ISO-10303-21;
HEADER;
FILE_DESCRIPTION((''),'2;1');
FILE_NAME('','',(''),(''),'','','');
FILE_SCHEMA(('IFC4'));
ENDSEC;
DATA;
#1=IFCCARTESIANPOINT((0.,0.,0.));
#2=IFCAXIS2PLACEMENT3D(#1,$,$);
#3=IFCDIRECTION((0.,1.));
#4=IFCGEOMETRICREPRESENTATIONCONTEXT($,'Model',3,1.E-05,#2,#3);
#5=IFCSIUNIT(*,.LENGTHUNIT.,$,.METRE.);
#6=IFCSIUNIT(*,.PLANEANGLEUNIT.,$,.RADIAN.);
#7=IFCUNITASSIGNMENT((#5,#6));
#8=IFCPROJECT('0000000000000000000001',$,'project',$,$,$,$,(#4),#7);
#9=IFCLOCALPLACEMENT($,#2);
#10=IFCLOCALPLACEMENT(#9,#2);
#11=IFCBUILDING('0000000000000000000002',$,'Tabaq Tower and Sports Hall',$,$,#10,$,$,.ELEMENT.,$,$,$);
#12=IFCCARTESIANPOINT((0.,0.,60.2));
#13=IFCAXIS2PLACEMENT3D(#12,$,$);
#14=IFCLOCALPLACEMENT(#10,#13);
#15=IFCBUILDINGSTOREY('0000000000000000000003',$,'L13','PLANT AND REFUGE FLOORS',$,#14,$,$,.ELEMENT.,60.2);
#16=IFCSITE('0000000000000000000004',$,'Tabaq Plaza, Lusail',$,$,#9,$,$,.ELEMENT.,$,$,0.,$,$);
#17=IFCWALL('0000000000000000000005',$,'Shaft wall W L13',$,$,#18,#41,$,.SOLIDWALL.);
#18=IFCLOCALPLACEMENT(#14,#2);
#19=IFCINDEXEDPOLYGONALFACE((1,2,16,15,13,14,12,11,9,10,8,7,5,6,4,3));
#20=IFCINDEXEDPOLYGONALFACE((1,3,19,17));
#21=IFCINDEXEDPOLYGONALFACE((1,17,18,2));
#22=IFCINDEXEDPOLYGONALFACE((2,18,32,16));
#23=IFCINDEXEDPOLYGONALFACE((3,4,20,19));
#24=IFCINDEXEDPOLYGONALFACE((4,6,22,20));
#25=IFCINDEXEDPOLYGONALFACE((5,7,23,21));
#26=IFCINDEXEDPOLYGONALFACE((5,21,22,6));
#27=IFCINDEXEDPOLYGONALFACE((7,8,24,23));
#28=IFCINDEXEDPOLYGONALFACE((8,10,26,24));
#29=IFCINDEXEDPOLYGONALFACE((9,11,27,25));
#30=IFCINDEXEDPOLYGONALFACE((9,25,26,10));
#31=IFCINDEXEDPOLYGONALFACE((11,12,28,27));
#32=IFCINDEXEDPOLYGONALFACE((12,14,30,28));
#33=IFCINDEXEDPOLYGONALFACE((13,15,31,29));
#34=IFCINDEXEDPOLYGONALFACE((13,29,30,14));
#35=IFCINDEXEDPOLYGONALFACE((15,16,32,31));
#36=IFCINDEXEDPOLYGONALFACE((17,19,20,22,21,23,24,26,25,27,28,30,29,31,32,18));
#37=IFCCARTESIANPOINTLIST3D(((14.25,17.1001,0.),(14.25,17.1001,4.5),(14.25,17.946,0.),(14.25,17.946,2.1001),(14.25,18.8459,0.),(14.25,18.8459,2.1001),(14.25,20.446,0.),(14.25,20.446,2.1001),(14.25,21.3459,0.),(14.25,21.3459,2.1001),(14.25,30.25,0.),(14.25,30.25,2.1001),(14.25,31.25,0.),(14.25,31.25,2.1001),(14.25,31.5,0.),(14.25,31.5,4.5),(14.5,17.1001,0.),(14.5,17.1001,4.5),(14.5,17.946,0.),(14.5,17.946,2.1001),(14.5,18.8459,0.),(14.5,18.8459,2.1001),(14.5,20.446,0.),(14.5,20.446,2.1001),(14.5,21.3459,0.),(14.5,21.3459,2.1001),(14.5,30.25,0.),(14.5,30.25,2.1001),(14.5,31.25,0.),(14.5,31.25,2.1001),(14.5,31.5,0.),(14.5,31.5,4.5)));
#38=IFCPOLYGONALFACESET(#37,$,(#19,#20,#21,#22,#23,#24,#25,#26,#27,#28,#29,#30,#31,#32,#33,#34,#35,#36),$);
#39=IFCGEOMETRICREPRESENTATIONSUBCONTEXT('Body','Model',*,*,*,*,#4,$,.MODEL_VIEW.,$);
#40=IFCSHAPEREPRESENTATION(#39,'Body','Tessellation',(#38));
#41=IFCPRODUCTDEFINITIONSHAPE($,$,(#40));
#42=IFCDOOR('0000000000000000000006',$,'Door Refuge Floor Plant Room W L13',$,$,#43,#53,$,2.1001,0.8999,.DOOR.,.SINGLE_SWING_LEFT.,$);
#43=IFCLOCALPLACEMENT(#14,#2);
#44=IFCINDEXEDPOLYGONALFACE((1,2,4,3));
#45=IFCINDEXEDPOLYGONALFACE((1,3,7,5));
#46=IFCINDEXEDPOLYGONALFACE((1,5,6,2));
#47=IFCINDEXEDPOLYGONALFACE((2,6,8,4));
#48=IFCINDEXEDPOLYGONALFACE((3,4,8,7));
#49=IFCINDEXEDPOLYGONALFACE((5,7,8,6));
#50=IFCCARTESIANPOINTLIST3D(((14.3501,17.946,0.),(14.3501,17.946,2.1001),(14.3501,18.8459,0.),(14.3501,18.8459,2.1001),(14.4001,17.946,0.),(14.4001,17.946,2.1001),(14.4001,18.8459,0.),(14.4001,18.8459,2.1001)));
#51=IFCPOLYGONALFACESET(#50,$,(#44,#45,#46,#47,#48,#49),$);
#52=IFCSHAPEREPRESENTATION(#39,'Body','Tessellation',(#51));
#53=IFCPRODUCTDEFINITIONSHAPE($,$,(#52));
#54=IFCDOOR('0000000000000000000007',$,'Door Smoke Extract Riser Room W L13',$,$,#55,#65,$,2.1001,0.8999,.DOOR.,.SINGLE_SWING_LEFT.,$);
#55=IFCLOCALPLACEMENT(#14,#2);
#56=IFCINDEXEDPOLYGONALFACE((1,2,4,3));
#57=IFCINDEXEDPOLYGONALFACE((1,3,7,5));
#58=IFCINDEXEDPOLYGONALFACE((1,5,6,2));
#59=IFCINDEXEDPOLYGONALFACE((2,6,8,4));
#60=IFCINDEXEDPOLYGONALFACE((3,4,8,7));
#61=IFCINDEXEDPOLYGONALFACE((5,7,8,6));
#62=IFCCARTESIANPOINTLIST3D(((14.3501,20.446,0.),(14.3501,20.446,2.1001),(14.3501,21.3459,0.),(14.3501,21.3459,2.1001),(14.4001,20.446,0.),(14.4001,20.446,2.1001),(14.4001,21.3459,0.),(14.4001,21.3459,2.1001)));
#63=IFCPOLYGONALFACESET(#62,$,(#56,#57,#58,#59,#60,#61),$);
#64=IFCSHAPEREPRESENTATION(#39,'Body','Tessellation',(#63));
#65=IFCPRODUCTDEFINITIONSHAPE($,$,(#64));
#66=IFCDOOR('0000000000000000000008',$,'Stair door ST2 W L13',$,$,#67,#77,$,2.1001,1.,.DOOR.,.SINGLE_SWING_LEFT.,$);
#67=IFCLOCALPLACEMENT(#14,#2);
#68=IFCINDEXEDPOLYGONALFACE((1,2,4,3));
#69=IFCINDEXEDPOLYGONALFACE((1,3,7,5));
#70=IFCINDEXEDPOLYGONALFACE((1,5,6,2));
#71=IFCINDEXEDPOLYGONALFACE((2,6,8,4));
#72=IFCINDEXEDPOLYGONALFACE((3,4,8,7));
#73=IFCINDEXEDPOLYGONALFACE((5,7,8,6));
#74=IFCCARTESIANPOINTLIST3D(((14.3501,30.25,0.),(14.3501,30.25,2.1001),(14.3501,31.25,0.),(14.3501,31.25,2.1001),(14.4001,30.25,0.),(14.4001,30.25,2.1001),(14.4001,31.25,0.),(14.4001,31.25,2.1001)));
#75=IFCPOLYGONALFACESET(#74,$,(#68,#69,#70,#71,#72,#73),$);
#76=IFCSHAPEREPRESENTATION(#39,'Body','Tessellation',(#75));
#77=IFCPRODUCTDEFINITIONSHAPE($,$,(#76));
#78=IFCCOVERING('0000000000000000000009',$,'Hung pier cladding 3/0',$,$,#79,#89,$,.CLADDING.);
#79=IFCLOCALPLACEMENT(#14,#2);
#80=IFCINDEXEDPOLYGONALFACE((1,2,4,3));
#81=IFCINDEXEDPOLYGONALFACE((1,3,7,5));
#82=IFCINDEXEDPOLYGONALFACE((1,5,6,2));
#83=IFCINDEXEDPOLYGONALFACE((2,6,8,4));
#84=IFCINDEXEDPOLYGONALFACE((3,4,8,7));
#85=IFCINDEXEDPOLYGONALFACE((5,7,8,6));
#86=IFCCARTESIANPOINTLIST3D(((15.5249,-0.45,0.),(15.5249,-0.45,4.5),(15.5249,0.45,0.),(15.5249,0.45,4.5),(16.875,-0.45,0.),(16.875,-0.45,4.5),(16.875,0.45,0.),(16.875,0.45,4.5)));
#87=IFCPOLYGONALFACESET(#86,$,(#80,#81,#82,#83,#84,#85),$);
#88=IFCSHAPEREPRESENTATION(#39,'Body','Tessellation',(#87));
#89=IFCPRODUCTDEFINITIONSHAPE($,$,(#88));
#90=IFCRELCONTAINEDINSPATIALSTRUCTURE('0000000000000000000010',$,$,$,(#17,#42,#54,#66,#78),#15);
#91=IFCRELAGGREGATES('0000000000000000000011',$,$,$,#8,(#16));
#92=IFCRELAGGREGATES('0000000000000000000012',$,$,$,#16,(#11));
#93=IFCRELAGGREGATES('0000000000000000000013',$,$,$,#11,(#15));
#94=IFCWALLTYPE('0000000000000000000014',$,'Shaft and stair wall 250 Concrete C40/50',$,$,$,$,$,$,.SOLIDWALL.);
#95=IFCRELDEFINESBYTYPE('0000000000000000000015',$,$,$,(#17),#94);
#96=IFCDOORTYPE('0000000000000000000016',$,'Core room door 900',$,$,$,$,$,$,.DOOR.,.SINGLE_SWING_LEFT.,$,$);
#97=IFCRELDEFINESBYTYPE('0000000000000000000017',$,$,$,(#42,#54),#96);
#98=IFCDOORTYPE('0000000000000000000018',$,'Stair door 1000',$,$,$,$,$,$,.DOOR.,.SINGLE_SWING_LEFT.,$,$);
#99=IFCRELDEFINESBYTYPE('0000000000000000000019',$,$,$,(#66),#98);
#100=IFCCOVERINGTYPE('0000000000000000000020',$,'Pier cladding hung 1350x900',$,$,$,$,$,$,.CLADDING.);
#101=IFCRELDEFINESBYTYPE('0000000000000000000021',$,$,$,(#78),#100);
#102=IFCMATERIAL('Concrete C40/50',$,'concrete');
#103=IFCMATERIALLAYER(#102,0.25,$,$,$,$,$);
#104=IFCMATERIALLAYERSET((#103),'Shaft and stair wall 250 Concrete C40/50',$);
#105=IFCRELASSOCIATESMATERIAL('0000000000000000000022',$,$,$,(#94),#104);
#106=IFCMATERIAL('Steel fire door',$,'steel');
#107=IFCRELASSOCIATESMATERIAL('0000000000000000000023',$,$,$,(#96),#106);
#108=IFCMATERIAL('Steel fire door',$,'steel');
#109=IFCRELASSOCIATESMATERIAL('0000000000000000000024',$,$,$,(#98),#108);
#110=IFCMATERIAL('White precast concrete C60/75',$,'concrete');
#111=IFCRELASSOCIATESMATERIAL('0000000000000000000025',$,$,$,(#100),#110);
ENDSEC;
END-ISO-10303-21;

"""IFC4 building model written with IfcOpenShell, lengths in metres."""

from ifc_helpers import new_model, si_unit, direction, frame, frame_2d, origin, place, context, subcontext, project, spatial, rectangle, extrude, material, layer, layer_set, type_object, element, fill, save


model = new_model("IFC4")

# Units and contexts
model_context = context("Model", 3, precision=1e-05, world=origin(), true_north=direction((0.0, 1.0)))
body_context = subcontext(model_context, "Body", "Model", "MODEL_VIEW")
ifc_project = project(units=[si_unit("LENGTHUNIT", "METRE"), si_unit("PLANEANGLEUNIT", "RADIAN")], contexts=[model_context])

# Site, building, storey
site_placement = place(None, origin())
site = spatial("IfcSite", under=ifc_project, at=site_placement, Name="Tabaq Plaza, Lusail", CompositionType="ELEMENT", RefElevation=0.0)
building_placement = place(site_placement, origin())
building = spatial("IfcBuilding", under=site, at=building_placement, Name="Tabaq Tower and Sports Hall", CompositionType="ELEMENT")
storey_placement = place(building_placement, frame((0.0, 0.0, 60.2)))
storey = spatial("IfcBuildingStorey", under=building, at=storey_placement, Name="L13", Description="PLANT AND REFUGE FLOORS", CompositionType="ELEMENT", Elevation=60.2)

# Wall, openings, doors
ifc_material_1 = material(Name="Concrete C40/50", Category="concrete")
ifc_layer_1 = layer(ifc_material_1, 0.25)
ifc_layer_set_1 = layer_set([ifc_layer_1], Name="Shaft and stair wall 250 Concrete C40/50")
wall_type_1 = type_object("IfcWallType", Name="Shaft and stair wall 250 Concrete C40/50", PredefinedType="SOLIDWALL", material=ifc_layer_set_1)
wall_1_placement = place(storey_placement, frame((14.375, 17.1001, 0.0), z_axis=(0.0, 0.0, 1.0), x_axis=(0.0, 1.0, 0.0)))
wall_1 = element("IfcWall", 1, at=wall_1_placement, inside=storey, type_object=wall_type_1, Name="Shaft wall W L13", PredefinedType="SOLIDWALL", context=body_context, shape_type="SweptSolid", body=[
    extrude(rectangle(XDim=14.3999, YDim=0.25, at=frame_2d((7.2, 0.0))), origin(), (0.0, 0.0, 1.0), 4.5),
])
opening_1_placement = place(wall_1_placement, frame((13.1499, 0.0, 0.0)))
opening_1 = element("IfcOpeningElement", 2, at=opening_1_placement, cuts=wall_1, PredefinedType="OPENING", context=body_context, shape_type="SweptSolid", body=[
    extrude(rectangle(XDim=1.0, YDim=2.1001, at=frame_2d((0.5, 1.05))), frame((0.0, 0.125, 0.0), z_axis=(0.0, -1.0, 0.0), x_axis=(1.0, 0.0, 0.0)), (0.0, 0.0, 1.0), 0.25),
])
opening_2_placement = place(wall_1_placement, frame((0.8459, 0.0, 0.0)))
opening_2 = element("IfcOpeningElement", 3, at=opening_2_placement, cuts=wall_1, PredefinedType="OPENING", context=body_context, shape_type="SweptSolid", body=[
    extrude(rectangle(XDim=0.8999, YDim=2.1001, at=frame_2d((0.45, 1.05))), frame((0.0, 0.125, 0.0), z_axis=(0.0, -1.0, 0.0), x_axis=(1.0, 0.0, 0.0)), (0.0, 0.0, 1.0), 0.25),
])
opening_3_placement = place(wall_1_placement, frame((3.3459, 0.0, 0.0)))
opening_3 = element("IfcOpeningElement", 4, at=opening_3_placement, cuts=wall_1, PredefinedType="OPENING", context=body_context, shape_type="SweptSolid", body=[
    extrude(rectangle(XDim=0.8999, YDim=2.1001, at=frame_2d((0.45, 1.05))), frame((0.0, 0.125, 0.0), z_axis=(0.0, -1.0, 0.0), x_axis=(1.0, 0.0, 0.0)), (0.0, 0.0, 1.0), 0.25),
])
ifc_material_2 = material(Name="Steel fire door", Category="steel")
door_type_1 = type_object("IfcDoorType", Name="Core room door 900", OperationType="SINGLE_SWING_LEFT", PredefinedType="DOOR", material=ifc_material_2)
door_1_placement = place(opening_2_placement, origin())
door_1 = element("IfcDoor", 5, at=door_1_placement, inside=storey, type_object=door_type_1, Name="Door Refuge Floor Plant Room W L13", OperationType="SINGLE_SWING_LEFT", OverallHeight=2.1001, OverallWidth=0.8999, PredefinedType="DOOR", context=body_context, shape_type="SweptSolid", body=[
    extrude(rectangle(XDim=0.8999, YDim=2.1001, at=frame_2d((0.45, 1.05))), frame((0.0, 0.0249, 0.0), z_axis=(0.0, -1.0, 0.0), x_axis=(1.0, 0.0, 0.0)), (0.0, 0.0, 1.0), 0.05),
])
fill(opening_2, door_1)
door_2_placement = place(opening_3_placement, origin())
door_2 = element("IfcDoor", 6, at=door_2_placement, inside=storey, type_object=door_type_1, Name="Door Smoke Extract Riser Room W L13", OperationType="SINGLE_SWING_LEFT", OverallHeight=2.1001, OverallWidth=0.8999, PredefinedType="DOOR", context=body_context, shape_type="SweptSolid", body=[
    extrude(rectangle(XDim=0.8999, YDim=2.1001, at=frame_2d((0.45, 1.05))), frame((0.0, 0.0249, 0.0), z_axis=(0.0, -1.0, 0.0), x_axis=(1.0, 0.0, 0.0)), (0.0, 0.0, 1.0), 0.05),
])
fill(opening_3, door_2)
ifc_material_3 = material(Name="Steel fire door", Category="steel")
door_type_2 = type_object("IfcDoorType", Name="Stair door 1000", OperationType="SINGLE_SWING_LEFT", PredefinedType="DOOR", material=ifc_material_3)
door_3_placement = place(opening_1_placement, origin())
door_3 = element("IfcDoor", 7, at=door_3_placement, inside=storey, type_object=door_type_2, Name="Stair door ST2 W L13", OperationType="SINGLE_SWING_LEFT", OverallHeight=2.1001, OverallWidth=1.0, PredefinedType="DOOR", context=body_context, shape_type="SweptSolid", body=[
    extrude(rectangle(XDim=1.0, YDim=2.1001, at=frame_2d((0.5, 1.05))), frame((0.0, 0.0249, 0.0), z_axis=(0.0, -1.0, 0.0), x_axis=(1.0, 0.0, 0.0)), (0.0, 0.0, 1.0), 0.05),
])
fill(opening_1, door_3)

# Covering
ifc_material_4 = material(Name="White precast concrete C60/75", Category="concrete")
covering_type = type_object("IfcCoveringType", Name="Pier cladding hung 1350x900", PredefinedType="CLADDING", material=ifc_material_4)
covering_placement = place(storey_placement, frame((15.5249, 0.0, 0.0), z_axis=(0.0, 0.0, 1.0), x_axis=(1.0, 0.0, 0.0)))
element("IfcCovering", 8, at=covering_placement, inside=storey, type_object=covering_type, Name="Hung pier cladding 3/0", PredefinedType="CLADDING", context=body_context, shape_type="SweptSolid", body=[
    extrude(rectangle(XDim=1.3501, YDim=0.8999, at=frame_2d((0.675, 0.0))), origin(), (0.0, 0.0, 1.0), 4.5),
])

save(model, "model.ifc")
